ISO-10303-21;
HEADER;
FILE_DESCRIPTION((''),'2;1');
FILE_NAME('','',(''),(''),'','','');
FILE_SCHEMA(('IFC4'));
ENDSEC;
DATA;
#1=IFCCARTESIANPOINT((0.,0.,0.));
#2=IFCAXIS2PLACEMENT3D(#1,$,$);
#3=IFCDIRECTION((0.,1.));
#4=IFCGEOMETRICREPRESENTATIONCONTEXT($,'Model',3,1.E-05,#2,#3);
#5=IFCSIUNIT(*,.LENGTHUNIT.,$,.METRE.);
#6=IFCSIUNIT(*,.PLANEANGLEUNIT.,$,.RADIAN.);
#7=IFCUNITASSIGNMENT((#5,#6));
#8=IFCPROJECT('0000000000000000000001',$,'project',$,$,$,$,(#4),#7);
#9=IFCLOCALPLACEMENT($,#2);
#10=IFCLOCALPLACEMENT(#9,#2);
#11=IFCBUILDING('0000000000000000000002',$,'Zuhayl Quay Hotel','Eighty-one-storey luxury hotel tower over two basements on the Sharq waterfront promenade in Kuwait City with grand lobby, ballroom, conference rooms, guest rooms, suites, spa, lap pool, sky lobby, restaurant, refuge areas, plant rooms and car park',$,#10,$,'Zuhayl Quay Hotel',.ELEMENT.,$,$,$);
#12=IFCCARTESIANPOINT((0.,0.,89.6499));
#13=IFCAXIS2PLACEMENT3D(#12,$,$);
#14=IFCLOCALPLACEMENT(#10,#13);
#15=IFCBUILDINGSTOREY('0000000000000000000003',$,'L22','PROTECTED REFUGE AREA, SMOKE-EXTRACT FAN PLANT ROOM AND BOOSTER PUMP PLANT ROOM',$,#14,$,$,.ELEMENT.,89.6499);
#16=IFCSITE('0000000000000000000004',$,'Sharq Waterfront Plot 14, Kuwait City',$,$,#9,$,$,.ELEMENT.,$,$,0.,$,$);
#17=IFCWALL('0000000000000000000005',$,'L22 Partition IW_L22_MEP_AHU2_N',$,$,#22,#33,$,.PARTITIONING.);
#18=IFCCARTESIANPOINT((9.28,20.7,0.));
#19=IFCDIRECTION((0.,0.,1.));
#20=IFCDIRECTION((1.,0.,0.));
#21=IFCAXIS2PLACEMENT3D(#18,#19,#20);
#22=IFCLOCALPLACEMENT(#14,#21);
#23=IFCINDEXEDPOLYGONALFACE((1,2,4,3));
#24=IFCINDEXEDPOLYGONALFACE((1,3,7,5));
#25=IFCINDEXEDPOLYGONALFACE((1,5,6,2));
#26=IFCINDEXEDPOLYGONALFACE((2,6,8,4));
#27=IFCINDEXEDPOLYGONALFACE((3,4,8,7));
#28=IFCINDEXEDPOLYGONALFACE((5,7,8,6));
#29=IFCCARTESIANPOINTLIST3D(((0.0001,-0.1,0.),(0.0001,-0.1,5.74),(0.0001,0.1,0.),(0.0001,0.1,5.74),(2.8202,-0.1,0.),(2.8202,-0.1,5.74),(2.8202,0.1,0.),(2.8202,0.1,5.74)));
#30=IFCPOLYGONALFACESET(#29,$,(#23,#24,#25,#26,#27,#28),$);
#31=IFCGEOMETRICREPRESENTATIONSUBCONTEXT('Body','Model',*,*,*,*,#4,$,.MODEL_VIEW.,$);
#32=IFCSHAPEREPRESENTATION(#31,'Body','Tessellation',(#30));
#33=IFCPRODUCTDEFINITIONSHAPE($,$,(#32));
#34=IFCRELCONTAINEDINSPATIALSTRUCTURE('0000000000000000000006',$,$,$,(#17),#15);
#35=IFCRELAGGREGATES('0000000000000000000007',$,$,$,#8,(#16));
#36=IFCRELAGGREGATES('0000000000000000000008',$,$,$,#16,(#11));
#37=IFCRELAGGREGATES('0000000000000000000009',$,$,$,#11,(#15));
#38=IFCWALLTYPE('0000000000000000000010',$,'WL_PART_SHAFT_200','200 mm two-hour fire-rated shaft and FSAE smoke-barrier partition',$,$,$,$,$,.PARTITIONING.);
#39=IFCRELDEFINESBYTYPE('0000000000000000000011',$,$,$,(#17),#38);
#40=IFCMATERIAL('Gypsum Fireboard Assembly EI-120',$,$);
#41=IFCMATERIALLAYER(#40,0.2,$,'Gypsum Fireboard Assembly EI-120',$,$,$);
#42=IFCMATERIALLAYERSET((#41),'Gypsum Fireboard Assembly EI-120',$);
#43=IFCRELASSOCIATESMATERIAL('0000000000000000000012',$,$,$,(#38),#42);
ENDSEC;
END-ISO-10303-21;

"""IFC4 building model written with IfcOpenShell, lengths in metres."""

from ifc_helpers import new_model, si_unit, direction, frame, frame_2d, origin, place, context, subcontext, project, spatial, rectangle, extrude, material, layer, layer_set, type_object, element, save


model = new_model("IFC4")

# Units and contexts
model_context = context("Model", 3, precision=1e-05, world=origin(), true_north=direction((0.0, 1.0)))
body_context = subcontext(model_context, "Body", "Model", "MODEL_VIEW")
ifc_project = project(units=[si_unit("LENGTHUNIT", "METRE"), si_unit("PLANEANGLEUNIT", "RADIAN")], contexts=[model_context])

# Site, building, storey
site_placement = place(None, origin())
site = spatial("IfcSite", under=ifc_project, at=site_placement, Name="Sharq Waterfront Plot 14, Kuwait City", CompositionType="ELEMENT", RefElevation=0.0)
building_placement = place(site_placement, origin())
building = spatial("IfcBuilding", under=site, at=building_placement, Name="Zuhayl Quay Hotel", Description="Eighty-one-storey luxury hotel tower over two basements on the Sharq waterfront promenade in Kuwait City with grand lobby, ballroom, conference rooms, guest rooms, suites, spa, lap pool, sky lobby, restaurant, refuge areas, plant rooms and car park", LongName="Zuhayl Quay Hotel", CompositionType="ELEMENT")
storey_placement = place(building_placement, frame((0.0, 0.0, 89.6499)))
storey = spatial("IfcBuildingStorey", under=building, at=storey_placement, Name="L22", Description="PROTECTED REFUGE AREA, SMOKE-EXTRACT FAN PLANT ROOM AND BOOSTER PUMP PLANT ROOM", CompositionType="ELEMENT", Elevation=89.6499)

# Shared definitions
ifc_material_1 = material(Name="Gypsum Fireboard Assembly EI-120")
ifc_layer_1 = layer(ifc_material_1, 0.2, Name="Gypsum Fireboard Assembly EI-120")
ifc_layer_set_1 = layer_set([ifc_layer_1], Name="Gypsum Fireboard Assembly EI-120")
wall_type_1 = type_object("IfcWallType", Name="WL_PART_SHAFT_200", Description="200 mm two-hour fire-rated shaft and FSAE smoke-barrier partition", PredefinedType="PARTITIONING", material=ifc_layer_set_1)

# Wall
wall_1_placement = place(storey_placement, frame((9.28, 20.7, 0.0), z_axis=(0.0, 0.0, 1.0), x_axis=(1.0, 0.0, 0.0)))
element("IfcWall", 1, at=wall_1_placement, inside=storey, type_object=wall_type_1, Name="L22 Partition IW_L22_MEP_AHU2_N", PredefinedType="PARTITIONING", context=body_context, shape_type="SweptSolid", body=[
    extrude(rectangle(XDim=2.8201, YDim=0.2, at=frame_2d((1.4102, 0.0))), origin(), (0.0, 0.0, 1.0), 5.74),
])

save(model, "model.ifc")
